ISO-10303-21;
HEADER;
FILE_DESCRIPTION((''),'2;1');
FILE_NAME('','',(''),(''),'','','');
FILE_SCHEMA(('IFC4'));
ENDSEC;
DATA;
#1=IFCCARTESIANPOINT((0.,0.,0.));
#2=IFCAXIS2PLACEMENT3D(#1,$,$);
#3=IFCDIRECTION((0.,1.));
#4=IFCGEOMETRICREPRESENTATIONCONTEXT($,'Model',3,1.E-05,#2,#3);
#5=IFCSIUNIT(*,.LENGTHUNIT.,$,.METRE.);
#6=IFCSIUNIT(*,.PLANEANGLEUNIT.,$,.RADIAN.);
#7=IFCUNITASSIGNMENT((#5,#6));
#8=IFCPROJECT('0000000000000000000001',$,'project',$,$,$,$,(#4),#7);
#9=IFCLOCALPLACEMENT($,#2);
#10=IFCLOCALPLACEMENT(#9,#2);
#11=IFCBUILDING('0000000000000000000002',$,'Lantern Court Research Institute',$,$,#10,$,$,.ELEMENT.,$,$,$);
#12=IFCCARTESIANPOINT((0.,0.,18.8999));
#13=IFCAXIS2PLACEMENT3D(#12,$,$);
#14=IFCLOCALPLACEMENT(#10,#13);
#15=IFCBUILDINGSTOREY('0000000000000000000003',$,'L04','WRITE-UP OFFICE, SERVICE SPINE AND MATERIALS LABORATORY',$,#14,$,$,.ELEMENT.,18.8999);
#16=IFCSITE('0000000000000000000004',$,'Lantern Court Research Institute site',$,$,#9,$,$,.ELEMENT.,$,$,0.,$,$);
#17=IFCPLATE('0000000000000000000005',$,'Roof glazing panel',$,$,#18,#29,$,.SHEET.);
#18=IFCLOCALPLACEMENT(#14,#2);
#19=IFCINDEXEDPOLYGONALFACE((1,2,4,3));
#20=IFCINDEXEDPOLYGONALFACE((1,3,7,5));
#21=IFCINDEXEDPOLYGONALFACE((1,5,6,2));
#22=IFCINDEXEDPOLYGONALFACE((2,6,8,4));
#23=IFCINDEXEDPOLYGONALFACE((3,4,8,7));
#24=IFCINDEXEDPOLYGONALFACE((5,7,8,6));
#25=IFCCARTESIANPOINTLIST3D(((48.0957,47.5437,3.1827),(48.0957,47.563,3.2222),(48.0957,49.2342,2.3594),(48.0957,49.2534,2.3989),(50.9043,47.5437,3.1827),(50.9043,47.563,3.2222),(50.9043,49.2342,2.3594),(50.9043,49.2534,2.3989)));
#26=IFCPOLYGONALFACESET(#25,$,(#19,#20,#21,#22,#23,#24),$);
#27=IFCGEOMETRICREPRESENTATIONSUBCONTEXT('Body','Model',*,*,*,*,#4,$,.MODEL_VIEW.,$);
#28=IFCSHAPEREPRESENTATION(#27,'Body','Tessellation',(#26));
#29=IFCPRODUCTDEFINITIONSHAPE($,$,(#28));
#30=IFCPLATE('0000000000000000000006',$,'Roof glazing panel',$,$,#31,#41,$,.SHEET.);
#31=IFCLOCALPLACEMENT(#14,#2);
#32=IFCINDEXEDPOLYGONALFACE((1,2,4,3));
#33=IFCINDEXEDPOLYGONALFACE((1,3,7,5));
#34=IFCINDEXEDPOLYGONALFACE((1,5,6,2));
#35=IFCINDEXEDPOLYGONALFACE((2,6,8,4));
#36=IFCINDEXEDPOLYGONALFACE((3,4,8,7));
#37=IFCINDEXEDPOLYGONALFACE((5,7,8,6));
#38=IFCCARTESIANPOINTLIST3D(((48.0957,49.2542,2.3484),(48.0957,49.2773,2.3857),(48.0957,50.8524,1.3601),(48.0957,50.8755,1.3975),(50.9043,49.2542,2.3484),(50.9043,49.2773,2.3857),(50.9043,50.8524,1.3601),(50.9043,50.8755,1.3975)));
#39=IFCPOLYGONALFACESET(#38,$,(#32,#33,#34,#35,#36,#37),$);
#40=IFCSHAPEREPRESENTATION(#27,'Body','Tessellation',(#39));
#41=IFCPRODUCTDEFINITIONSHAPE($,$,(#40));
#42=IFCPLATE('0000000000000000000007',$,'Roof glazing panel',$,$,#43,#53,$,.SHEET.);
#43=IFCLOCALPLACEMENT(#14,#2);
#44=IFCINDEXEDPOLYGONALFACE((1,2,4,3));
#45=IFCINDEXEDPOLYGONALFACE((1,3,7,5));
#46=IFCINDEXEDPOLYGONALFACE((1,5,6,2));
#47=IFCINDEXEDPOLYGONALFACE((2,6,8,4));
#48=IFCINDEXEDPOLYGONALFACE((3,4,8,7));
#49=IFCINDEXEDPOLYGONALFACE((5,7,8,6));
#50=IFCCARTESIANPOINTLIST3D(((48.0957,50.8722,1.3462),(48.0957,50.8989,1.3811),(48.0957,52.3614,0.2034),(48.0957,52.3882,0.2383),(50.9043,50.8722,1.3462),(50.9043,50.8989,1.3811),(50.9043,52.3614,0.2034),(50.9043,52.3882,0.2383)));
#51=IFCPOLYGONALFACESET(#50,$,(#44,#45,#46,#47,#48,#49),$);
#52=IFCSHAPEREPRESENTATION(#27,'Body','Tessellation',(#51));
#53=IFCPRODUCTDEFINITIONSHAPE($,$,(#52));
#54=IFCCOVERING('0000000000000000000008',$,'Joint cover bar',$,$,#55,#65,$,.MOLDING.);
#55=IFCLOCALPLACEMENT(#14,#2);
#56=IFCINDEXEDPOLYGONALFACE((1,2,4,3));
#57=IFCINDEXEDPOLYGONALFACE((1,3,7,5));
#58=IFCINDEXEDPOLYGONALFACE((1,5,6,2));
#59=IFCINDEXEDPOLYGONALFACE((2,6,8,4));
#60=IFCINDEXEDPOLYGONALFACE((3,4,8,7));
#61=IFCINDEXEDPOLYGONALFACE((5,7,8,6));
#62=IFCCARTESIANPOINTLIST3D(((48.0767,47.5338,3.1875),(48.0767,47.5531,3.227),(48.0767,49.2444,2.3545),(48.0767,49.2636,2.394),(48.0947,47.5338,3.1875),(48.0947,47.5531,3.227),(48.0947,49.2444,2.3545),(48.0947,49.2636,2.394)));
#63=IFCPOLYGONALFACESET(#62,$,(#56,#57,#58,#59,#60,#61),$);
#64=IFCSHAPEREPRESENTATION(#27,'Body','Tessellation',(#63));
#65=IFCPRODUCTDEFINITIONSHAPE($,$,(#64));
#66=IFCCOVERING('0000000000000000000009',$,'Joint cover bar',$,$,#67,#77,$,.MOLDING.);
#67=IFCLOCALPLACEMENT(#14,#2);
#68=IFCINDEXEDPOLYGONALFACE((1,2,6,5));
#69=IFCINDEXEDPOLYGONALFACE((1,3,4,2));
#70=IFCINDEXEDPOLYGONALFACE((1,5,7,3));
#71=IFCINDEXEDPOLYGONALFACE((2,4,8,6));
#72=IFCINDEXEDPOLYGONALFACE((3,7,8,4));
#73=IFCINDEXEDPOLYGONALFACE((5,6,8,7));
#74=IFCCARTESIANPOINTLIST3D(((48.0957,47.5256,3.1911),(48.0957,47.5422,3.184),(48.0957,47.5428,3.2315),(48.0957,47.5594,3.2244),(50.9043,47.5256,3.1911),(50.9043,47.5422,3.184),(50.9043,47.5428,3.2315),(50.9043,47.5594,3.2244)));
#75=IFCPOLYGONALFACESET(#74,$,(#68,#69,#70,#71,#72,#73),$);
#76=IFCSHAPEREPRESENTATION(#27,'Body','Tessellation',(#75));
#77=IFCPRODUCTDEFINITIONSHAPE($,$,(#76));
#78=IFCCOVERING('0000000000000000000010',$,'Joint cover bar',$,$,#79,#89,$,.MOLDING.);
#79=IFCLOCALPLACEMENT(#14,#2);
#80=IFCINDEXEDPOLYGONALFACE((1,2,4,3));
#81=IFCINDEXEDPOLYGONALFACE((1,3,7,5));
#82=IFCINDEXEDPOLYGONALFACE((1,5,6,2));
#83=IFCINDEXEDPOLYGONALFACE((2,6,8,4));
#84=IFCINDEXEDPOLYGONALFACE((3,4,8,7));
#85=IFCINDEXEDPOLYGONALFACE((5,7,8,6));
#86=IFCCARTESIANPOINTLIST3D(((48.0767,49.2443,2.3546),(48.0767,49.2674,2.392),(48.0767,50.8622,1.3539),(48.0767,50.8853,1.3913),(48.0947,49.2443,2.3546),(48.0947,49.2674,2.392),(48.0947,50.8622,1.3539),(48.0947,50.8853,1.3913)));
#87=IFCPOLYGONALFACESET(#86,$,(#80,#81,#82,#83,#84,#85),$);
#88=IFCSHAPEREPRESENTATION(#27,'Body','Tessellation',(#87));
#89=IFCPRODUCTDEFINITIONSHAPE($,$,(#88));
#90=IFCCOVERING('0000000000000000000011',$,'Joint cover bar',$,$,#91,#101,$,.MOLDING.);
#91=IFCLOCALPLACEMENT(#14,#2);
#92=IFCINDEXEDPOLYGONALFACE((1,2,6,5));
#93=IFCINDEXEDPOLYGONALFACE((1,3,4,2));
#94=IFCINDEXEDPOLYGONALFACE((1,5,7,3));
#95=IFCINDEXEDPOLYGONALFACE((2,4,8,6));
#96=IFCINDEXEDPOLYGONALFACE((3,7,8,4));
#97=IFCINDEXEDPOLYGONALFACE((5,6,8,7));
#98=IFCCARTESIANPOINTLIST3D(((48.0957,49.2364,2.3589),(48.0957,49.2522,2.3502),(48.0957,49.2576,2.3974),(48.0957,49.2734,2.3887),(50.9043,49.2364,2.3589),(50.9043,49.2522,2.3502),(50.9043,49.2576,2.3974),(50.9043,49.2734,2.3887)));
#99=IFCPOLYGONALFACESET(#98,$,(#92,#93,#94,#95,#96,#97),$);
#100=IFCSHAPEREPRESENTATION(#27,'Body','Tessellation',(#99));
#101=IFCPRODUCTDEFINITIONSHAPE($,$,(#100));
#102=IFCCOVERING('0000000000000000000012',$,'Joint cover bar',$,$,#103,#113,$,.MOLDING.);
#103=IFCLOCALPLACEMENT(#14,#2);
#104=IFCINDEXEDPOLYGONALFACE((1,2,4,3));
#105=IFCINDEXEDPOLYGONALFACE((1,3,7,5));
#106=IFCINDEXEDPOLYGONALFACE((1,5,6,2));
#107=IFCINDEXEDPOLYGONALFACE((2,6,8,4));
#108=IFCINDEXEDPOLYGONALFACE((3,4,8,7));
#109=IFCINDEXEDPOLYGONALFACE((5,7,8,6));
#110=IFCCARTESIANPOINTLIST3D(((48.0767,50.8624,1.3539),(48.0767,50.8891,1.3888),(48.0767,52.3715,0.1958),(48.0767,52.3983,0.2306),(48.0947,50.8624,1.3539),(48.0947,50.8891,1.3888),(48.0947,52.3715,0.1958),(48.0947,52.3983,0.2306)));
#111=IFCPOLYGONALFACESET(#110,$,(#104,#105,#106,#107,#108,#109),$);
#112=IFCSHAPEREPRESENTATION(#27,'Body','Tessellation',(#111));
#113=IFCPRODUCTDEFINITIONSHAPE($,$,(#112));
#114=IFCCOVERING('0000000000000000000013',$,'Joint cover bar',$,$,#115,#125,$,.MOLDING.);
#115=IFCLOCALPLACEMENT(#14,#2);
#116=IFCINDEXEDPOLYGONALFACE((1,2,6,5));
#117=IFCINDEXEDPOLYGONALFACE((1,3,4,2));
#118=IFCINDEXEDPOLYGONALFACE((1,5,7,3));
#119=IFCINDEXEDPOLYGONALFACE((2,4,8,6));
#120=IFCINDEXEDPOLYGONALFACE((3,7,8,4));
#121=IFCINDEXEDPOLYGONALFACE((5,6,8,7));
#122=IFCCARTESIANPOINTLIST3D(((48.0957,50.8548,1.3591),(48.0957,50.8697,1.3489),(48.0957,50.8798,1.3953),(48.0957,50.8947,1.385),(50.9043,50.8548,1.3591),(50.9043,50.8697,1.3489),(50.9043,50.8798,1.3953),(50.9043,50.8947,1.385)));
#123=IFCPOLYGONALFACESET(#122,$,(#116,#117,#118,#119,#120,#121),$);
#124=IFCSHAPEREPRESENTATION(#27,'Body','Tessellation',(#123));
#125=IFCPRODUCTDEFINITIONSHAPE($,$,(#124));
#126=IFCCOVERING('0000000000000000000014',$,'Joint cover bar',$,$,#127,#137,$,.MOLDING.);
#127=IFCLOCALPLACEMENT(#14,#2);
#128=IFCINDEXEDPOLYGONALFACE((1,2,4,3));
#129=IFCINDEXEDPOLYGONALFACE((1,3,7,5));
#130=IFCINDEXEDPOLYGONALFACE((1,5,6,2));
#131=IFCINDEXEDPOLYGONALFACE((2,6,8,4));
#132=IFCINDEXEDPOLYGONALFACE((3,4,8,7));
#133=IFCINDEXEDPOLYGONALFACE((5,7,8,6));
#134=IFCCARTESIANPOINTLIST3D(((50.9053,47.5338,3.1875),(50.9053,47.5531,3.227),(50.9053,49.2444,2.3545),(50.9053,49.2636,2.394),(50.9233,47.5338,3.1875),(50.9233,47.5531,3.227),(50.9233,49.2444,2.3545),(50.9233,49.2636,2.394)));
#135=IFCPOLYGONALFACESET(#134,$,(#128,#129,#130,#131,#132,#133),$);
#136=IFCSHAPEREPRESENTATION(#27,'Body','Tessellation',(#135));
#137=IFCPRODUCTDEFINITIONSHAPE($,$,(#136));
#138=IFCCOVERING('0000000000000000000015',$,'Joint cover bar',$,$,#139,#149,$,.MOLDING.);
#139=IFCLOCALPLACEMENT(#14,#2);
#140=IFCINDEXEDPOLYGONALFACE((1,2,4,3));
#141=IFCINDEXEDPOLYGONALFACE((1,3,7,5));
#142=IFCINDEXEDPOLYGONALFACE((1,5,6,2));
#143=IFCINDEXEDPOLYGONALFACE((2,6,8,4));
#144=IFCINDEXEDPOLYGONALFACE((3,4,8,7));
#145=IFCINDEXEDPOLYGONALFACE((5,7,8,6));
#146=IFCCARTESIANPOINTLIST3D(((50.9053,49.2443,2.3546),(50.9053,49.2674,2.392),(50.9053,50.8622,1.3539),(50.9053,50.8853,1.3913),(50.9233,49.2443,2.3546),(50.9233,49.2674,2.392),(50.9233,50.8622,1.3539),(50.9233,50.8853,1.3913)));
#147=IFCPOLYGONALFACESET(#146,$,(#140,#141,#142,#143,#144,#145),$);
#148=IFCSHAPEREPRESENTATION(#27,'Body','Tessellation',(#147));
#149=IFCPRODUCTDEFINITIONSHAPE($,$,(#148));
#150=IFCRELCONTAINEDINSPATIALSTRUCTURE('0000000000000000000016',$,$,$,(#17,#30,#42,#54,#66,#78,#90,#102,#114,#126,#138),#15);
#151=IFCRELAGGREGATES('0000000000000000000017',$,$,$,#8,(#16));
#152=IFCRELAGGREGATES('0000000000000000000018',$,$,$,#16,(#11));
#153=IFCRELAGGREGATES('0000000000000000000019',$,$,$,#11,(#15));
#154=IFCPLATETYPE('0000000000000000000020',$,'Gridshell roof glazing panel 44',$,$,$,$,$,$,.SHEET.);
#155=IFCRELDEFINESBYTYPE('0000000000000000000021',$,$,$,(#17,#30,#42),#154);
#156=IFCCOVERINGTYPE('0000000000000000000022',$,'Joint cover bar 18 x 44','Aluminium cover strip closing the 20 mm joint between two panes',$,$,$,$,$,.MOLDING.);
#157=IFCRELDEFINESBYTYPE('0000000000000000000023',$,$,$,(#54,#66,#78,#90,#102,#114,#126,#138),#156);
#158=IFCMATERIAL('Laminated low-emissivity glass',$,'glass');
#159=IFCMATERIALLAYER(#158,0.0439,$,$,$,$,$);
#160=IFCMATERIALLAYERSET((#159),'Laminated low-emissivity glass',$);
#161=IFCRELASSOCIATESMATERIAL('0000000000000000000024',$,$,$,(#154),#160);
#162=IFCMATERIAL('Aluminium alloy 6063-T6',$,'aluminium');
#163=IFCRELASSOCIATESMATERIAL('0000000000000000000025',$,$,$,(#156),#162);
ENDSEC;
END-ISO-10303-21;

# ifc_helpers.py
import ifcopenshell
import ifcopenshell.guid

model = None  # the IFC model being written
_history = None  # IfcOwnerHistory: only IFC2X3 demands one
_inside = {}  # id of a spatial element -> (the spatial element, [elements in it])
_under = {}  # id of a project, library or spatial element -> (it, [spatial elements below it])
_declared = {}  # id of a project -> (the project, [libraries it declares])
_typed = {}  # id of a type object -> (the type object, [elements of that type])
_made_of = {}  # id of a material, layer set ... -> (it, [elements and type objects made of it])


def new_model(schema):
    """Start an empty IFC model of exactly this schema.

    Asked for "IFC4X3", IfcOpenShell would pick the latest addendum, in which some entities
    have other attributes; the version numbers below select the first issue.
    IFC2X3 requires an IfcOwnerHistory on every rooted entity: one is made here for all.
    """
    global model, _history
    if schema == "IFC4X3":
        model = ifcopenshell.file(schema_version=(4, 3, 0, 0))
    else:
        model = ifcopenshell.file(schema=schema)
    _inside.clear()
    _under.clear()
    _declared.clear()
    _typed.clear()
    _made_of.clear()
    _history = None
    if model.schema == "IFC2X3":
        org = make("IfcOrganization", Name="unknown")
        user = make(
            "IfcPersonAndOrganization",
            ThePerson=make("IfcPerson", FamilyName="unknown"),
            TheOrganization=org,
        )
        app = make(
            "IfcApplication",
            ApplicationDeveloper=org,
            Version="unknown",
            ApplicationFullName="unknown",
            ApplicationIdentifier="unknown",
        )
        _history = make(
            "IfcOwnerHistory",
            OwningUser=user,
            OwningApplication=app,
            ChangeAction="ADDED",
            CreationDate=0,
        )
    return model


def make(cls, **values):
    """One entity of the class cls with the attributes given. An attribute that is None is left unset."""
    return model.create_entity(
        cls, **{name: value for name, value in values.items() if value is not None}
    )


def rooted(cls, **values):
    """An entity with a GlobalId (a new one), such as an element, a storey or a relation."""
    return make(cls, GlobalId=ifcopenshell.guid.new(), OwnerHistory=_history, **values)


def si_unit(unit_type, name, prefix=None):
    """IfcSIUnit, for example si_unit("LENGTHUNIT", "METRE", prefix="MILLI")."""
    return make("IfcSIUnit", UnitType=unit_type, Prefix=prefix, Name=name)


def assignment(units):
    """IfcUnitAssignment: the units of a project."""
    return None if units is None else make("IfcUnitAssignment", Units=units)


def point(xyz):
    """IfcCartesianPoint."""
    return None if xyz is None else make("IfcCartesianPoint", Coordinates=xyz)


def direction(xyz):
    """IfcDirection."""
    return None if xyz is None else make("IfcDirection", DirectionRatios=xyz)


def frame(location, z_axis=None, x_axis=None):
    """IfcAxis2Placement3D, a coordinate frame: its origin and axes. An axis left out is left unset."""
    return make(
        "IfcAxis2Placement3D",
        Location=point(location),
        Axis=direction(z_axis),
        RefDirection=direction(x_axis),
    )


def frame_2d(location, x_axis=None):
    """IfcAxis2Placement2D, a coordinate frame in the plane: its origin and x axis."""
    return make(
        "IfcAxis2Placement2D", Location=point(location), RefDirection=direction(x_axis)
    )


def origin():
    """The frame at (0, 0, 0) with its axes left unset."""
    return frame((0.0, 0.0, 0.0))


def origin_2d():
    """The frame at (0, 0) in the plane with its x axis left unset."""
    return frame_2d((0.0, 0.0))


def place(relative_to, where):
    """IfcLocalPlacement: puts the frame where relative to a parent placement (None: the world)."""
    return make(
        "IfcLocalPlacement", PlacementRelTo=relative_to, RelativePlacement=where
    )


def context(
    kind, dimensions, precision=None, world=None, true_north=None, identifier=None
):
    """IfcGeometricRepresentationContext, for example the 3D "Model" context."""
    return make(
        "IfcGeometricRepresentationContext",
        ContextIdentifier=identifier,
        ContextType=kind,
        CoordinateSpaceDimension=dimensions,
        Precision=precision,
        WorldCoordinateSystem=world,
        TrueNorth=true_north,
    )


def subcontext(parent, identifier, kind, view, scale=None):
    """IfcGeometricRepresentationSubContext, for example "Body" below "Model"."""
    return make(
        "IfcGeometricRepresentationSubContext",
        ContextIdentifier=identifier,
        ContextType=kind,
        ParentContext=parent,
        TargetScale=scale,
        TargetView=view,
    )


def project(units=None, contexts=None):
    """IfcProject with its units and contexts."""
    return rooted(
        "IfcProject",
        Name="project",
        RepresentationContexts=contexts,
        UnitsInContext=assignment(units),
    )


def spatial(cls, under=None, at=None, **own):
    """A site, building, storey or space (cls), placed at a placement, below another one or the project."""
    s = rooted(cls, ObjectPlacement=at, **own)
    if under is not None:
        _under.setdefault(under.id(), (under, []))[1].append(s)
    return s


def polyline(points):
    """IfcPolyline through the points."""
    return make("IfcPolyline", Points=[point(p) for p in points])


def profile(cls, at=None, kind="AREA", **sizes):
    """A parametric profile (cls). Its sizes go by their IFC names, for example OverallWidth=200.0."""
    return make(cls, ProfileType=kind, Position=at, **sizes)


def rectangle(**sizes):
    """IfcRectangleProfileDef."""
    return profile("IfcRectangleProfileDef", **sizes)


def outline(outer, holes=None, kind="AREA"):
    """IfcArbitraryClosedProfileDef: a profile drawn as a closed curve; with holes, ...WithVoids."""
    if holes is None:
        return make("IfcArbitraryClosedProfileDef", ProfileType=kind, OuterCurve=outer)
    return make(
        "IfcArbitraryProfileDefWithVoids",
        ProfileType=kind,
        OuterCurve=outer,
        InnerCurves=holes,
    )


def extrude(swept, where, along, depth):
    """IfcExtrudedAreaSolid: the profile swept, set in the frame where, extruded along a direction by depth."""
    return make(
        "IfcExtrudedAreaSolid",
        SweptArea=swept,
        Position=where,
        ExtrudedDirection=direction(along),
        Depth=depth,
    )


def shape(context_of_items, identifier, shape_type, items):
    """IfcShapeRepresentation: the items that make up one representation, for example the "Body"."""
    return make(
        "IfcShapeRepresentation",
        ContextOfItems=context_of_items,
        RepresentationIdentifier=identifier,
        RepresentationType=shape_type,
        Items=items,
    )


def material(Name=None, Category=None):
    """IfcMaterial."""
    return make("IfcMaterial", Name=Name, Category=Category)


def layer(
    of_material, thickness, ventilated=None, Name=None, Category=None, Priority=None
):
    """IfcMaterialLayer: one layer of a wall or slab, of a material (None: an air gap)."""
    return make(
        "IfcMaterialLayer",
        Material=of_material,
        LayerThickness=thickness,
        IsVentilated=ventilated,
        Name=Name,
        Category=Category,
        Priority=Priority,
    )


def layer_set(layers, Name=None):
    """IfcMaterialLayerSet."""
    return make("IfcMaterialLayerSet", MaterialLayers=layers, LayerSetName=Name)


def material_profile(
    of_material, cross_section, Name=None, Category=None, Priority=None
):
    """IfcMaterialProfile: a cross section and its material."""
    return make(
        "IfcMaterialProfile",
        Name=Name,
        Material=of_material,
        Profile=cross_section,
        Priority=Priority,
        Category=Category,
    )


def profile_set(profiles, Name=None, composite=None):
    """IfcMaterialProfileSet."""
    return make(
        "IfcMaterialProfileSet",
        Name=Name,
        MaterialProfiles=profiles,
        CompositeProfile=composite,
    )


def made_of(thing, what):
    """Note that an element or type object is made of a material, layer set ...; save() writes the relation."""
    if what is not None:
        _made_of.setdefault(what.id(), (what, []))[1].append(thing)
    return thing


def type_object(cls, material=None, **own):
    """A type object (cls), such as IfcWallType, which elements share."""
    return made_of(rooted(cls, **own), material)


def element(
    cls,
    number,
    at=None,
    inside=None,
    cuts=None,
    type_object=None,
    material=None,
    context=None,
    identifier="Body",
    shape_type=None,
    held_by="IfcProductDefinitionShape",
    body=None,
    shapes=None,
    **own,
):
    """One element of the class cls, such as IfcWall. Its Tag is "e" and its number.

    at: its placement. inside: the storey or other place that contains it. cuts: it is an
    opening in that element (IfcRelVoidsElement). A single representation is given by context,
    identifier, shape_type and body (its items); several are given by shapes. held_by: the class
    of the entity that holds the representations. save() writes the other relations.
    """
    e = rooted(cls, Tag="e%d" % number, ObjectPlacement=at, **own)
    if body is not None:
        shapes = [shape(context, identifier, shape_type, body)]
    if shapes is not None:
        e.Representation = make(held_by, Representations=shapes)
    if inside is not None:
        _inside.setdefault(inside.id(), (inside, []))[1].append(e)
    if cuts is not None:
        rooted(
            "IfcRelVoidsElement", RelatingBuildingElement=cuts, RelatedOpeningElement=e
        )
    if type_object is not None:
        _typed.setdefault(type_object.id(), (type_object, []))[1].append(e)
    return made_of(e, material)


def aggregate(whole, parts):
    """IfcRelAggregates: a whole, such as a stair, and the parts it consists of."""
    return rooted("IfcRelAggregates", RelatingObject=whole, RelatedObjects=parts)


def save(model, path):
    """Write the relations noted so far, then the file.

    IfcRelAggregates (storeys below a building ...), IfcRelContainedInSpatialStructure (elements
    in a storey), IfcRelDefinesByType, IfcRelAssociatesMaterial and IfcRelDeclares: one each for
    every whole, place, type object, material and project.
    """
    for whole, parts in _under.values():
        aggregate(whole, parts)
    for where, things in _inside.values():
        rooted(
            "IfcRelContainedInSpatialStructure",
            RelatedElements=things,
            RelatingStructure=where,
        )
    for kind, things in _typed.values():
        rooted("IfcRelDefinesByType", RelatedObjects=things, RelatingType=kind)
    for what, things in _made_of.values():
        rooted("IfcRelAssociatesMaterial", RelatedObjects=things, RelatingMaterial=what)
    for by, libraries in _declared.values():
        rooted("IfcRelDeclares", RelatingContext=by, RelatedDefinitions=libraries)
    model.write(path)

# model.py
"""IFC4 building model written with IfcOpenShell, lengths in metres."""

from ifc_helpers import new_model, si_unit, direction, frame, origin, origin_2d, place, context, subcontext, project, spatial, polyline, rectangle, outline, extrude, material, layer, layer_set, material_profile, profile_set, type_object, element, save


model = new_model("IFC4")

# Units and contexts
model_context = context("Model", 3, precision=1e-05, world=origin(), true_north=direction((0.0, 1.0)))
body_context = subcontext(model_context, "Body", "Model", "MODEL_VIEW")
ifc_project = project(units=[si_unit("LENGTHUNIT", "METRE"), si_unit("PLANEANGLEUNIT", "RADIAN")], contexts=[model_context])

# Site, building, storey
site_placement = place(None, origin())
site = spatial("IfcSite", under=ifc_project, at=site_placement, Name="Lantern Court Research Institute site", CompositionType="ELEMENT", RefElevation=0.0)
building_placement = place(site_placement, origin())
building = spatial("IfcBuilding", under=site, at=building_placement, Name="Lantern Court Research Institute", CompositionType="ELEMENT")
storey_placement = place(building_placement, frame((0.0, 0.0, 18.8999)))
storey = spatial("IfcBuildingStorey", under=building, at=storey_placement, Name="L04", Description="WRITE-UP OFFICE, SERVICE SPINE AND MATERIALS LABORATORY", CompositionType="ELEMENT", Elevation=18.8999)

# Plates
ifc_material_1 = material(Name="Laminated low-emissivity glass", Category="glass")
ifc_layer = layer(ifc_material_1, 0.0439)
ifc_layer_set = layer_set([ifc_layer], Name="Laminated low-emissivity glass")
plate_type = type_object("IfcPlateType", Name="Gridshell roof glazing panel 44", PredefinedType="SHEET", material=ifc_layer_set)
plate_1_placement = place(storey_placement, frame((50.9043, 47.563, 3.2222), z_axis=(0.0, 0.43784, 0.899053), x_axis=(-1.0, 0.0, 0.0)))
element("IfcPlate", 1, at=plate_1_placement, inside=storey, type_object=plate_type, Name="Roof glazing panel", PredefinedType="SHEET", context=body_context, shape_type="SweptSolid", body=[
    extrude(outline(polyline([(0.0, 0.0), (2.8086, 0.0), (2.8086, -1.8802), (0.0, -1.8802), (0.0, 0.0)])), origin(), (0.0, 0.0, -1.0), 0.0439),
])
plate_2_placement = place(storey_placement, frame((50.9043, 49.2773, 2.3857), z_axis=(0.0, 0.525952, 0.850514), x_axis=(-1.0, 0.0, 0.0)))
element("IfcPlate", 2, at=plate_2_placement, inside=storey, type_object=plate_type, Name="Roof glazing panel", PredefinedType="SHEET", context=body_context, shape_type="SweptSolid", body=[
    extrude(outline(polyline([(0.0, 0.0), (2.8086, 0.0), (2.8086, -1.879), (0.0, -1.879), (0.0, 0.0)])), origin(), (0.0, 0.0, -1.0), 0.0439),
])
plate_3_placement = place(storey_placement, frame((50.9043, 50.8989, 1.3811), z_axis=(0.0, 0.608786, 0.793334), x_axis=(-1.0, 0.0, 0.0)))
element("IfcPlate", 3, at=plate_3_placement, inside=storey, type_object=plate_type, Name="Roof glazing panel", PredefinedType="SHEET", context=body_context, shape_type="SweptSolid", body=[
    extrude(outline(polyline([(0.0, 0.0), (2.8086, 0.0), (2.8086, -1.8772), (0.0, -1.8772), (0.0, 0.0)])), origin(), (0.0, 0.0, -1.0), 0.0439),
])

# Coverings
ifc_material_2 = material(Name="Aluminium alloy 6063-T6", Category="aluminium")
ifc_material_profile_1 = material_profile(ifc_material_2, rectangle(XDim=0.0181, YDim=0.0439, at=origin_2d()), Name="Joint cover bar 18 x 44")
ifc_profile_set_1 = profile_set([ifc_material_profile_1], Name="Aluminium alloy 6063-T6")
covering_type = type_object("IfcCoveringType", Name="Joint cover bar 18 x 44", Description="Aluminium cover strip closing the 20 mm joint between two panes", PredefinedType="MOLDING", material=ifc_profile_set_1)
covering_1_placement = place(storey_placement, frame((48.0857, 47.5435, 3.2073), z_axis=(0.0, 0.899049, -0.437847), x_axis=(-1.0, 0.0, 0.0)))
element("IfcCovering", 4, at=covering_1_placement, inside=storey, type_object=covering_type, Name="Joint cover bar", PredefinedType="MOLDING", context=body_context, shape_type="SweptSolid", body=[
    extrude(rectangle(XDim=0.0181, YDim=0.0439, at=origin_2d()), origin(), (0.0, 0.0, 1.0), 1.9026),
])
covering_2_placement = place(storey_placement, frame((48.0957, 47.5425, 3.2078), z_axis=(1.0, 0.0, 0.0), x_axis=(0.0, 0.919966, -0.391999)))
element("IfcCovering", 5, at=covering_2_placement, inside=storey, type_object=covering_type, Name="Joint cover bar", PredefinedType="MOLDING", context=body_context, shape_type="SweptSolid", body=[
    extrude(rectangle(XDim=0.0181, YDim=0.0439, at=origin_2d()), origin(), (0.0, 0.0, 1.0), 2.8086),
])
covering_3_placement = place(storey_placement, frame((48.0857, 49.2559, 2.3733), z_axis=(0.0, 0.850462, -0.526036), x_axis=(-1.0, 0.0, 0.0)))
element("IfcCovering", 6, at=covering_3_placement, inside=storey, type_object=covering_type, Name="Joint cover bar", PredefinedType="MOLDING", context=body_context, shape_type="SweptSolid", body=[
    extrude(rectangle(XDim=0.0181, YDim=0.0439, at=origin_2d()), origin(), (0.0, 0.0, 1.0), 1.9023),
])
covering_4_placement = place(storey_placement, frame((48.0957, 49.2549, 2.3738), z_axis=(1.0, 0.0, 0.0), x_axis=(0.0, 0.875897, -0.482497)))
element("IfcCovering", 7, at=covering_4_placement, inside=storey, type_object=covering_type, Name="Joint cover bar", PredefinedType="MOLDING", context=body_context, shape_type="SweptSolid", body=[
    extrude(rectangle(XDim=0.0181, YDim=0.0439, at=origin_2d()), origin(), (0.0, 0.0, 1.0), 2.8086),
])
covering_5_placement = place(storey_placement, frame((48.0857, 50.8757, 1.3713), z_axis=(0.0, 0.79333, -0.608792), x_axis=(-1.0, 0.0, 0.0)))
element("IfcCovering", 8, at=covering_5_placement, inside=storey, type_object=covering_type, Name="Joint cover bar", PredefinedType="MOLDING", context=body_context, shape_type="SweptSolid", body=[
    extrude(rectangle(XDim=0.0181, YDim=0.0439, at=origin_2d()), origin(), (0.0, 0.0, 1.0), 1.9023),
])
covering_6_placement = place(storey_placement, frame((48.0957, 50.8748, 1.3721), z_axis=(1.0, 0.0, 0.0), x_axis=(0.0, 0.822954, -0.568108)))
element("IfcCovering", 9, at=covering_6_placement, inside=storey, type_object=covering_type, Name="Joint cover bar", PredefinedType="MOLDING", context=body_context, shape_type="SweptSolid", body=[
    extrude(rectangle(XDim=0.0181, YDim=0.0439, at=origin_2d()), origin(), (0.0, 0.0, 1.0), 2.8086),
])
covering_7_placement = place(storey_placement, frame((50.9143, 47.5435, 3.2073), z_axis=(0.0, 0.899049, -0.437847), x_axis=(-1.0, 0.0, 0.0)))
element("IfcCovering", 10, at=covering_7_placement, inside=storey, type_object=covering_type, Name="Joint cover bar", PredefinedType="MOLDING", context=body_context, shape_type="SweptSolid", body=[
    extrude(rectangle(XDim=0.0181, YDim=0.0439, at=origin_2d()), origin(), (0.0, 0.0, 1.0), 1.9026),
])
covering_8_placement = place(storey_placement, frame((50.9143, 49.2559, 2.3733), z_axis=(0.0, 0.850462, -0.526036), x_axis=(-1.0, 0.0, 0.0)))
element("IfcCovering", 11, at=covering_8_placement, inside=storey, type_object=covering_type, Name="Joint cover bar", PredefinedType="MOLDING", context=body_context, shape_type="SweptSolid", body=[
    extrude(rectangle(XDim=0.0181, YDim=0.0439, at=origin_2d()), origin(), (0.0, 0.0, 1.0), 1.9023),
])

save(model, "model.ifc")
